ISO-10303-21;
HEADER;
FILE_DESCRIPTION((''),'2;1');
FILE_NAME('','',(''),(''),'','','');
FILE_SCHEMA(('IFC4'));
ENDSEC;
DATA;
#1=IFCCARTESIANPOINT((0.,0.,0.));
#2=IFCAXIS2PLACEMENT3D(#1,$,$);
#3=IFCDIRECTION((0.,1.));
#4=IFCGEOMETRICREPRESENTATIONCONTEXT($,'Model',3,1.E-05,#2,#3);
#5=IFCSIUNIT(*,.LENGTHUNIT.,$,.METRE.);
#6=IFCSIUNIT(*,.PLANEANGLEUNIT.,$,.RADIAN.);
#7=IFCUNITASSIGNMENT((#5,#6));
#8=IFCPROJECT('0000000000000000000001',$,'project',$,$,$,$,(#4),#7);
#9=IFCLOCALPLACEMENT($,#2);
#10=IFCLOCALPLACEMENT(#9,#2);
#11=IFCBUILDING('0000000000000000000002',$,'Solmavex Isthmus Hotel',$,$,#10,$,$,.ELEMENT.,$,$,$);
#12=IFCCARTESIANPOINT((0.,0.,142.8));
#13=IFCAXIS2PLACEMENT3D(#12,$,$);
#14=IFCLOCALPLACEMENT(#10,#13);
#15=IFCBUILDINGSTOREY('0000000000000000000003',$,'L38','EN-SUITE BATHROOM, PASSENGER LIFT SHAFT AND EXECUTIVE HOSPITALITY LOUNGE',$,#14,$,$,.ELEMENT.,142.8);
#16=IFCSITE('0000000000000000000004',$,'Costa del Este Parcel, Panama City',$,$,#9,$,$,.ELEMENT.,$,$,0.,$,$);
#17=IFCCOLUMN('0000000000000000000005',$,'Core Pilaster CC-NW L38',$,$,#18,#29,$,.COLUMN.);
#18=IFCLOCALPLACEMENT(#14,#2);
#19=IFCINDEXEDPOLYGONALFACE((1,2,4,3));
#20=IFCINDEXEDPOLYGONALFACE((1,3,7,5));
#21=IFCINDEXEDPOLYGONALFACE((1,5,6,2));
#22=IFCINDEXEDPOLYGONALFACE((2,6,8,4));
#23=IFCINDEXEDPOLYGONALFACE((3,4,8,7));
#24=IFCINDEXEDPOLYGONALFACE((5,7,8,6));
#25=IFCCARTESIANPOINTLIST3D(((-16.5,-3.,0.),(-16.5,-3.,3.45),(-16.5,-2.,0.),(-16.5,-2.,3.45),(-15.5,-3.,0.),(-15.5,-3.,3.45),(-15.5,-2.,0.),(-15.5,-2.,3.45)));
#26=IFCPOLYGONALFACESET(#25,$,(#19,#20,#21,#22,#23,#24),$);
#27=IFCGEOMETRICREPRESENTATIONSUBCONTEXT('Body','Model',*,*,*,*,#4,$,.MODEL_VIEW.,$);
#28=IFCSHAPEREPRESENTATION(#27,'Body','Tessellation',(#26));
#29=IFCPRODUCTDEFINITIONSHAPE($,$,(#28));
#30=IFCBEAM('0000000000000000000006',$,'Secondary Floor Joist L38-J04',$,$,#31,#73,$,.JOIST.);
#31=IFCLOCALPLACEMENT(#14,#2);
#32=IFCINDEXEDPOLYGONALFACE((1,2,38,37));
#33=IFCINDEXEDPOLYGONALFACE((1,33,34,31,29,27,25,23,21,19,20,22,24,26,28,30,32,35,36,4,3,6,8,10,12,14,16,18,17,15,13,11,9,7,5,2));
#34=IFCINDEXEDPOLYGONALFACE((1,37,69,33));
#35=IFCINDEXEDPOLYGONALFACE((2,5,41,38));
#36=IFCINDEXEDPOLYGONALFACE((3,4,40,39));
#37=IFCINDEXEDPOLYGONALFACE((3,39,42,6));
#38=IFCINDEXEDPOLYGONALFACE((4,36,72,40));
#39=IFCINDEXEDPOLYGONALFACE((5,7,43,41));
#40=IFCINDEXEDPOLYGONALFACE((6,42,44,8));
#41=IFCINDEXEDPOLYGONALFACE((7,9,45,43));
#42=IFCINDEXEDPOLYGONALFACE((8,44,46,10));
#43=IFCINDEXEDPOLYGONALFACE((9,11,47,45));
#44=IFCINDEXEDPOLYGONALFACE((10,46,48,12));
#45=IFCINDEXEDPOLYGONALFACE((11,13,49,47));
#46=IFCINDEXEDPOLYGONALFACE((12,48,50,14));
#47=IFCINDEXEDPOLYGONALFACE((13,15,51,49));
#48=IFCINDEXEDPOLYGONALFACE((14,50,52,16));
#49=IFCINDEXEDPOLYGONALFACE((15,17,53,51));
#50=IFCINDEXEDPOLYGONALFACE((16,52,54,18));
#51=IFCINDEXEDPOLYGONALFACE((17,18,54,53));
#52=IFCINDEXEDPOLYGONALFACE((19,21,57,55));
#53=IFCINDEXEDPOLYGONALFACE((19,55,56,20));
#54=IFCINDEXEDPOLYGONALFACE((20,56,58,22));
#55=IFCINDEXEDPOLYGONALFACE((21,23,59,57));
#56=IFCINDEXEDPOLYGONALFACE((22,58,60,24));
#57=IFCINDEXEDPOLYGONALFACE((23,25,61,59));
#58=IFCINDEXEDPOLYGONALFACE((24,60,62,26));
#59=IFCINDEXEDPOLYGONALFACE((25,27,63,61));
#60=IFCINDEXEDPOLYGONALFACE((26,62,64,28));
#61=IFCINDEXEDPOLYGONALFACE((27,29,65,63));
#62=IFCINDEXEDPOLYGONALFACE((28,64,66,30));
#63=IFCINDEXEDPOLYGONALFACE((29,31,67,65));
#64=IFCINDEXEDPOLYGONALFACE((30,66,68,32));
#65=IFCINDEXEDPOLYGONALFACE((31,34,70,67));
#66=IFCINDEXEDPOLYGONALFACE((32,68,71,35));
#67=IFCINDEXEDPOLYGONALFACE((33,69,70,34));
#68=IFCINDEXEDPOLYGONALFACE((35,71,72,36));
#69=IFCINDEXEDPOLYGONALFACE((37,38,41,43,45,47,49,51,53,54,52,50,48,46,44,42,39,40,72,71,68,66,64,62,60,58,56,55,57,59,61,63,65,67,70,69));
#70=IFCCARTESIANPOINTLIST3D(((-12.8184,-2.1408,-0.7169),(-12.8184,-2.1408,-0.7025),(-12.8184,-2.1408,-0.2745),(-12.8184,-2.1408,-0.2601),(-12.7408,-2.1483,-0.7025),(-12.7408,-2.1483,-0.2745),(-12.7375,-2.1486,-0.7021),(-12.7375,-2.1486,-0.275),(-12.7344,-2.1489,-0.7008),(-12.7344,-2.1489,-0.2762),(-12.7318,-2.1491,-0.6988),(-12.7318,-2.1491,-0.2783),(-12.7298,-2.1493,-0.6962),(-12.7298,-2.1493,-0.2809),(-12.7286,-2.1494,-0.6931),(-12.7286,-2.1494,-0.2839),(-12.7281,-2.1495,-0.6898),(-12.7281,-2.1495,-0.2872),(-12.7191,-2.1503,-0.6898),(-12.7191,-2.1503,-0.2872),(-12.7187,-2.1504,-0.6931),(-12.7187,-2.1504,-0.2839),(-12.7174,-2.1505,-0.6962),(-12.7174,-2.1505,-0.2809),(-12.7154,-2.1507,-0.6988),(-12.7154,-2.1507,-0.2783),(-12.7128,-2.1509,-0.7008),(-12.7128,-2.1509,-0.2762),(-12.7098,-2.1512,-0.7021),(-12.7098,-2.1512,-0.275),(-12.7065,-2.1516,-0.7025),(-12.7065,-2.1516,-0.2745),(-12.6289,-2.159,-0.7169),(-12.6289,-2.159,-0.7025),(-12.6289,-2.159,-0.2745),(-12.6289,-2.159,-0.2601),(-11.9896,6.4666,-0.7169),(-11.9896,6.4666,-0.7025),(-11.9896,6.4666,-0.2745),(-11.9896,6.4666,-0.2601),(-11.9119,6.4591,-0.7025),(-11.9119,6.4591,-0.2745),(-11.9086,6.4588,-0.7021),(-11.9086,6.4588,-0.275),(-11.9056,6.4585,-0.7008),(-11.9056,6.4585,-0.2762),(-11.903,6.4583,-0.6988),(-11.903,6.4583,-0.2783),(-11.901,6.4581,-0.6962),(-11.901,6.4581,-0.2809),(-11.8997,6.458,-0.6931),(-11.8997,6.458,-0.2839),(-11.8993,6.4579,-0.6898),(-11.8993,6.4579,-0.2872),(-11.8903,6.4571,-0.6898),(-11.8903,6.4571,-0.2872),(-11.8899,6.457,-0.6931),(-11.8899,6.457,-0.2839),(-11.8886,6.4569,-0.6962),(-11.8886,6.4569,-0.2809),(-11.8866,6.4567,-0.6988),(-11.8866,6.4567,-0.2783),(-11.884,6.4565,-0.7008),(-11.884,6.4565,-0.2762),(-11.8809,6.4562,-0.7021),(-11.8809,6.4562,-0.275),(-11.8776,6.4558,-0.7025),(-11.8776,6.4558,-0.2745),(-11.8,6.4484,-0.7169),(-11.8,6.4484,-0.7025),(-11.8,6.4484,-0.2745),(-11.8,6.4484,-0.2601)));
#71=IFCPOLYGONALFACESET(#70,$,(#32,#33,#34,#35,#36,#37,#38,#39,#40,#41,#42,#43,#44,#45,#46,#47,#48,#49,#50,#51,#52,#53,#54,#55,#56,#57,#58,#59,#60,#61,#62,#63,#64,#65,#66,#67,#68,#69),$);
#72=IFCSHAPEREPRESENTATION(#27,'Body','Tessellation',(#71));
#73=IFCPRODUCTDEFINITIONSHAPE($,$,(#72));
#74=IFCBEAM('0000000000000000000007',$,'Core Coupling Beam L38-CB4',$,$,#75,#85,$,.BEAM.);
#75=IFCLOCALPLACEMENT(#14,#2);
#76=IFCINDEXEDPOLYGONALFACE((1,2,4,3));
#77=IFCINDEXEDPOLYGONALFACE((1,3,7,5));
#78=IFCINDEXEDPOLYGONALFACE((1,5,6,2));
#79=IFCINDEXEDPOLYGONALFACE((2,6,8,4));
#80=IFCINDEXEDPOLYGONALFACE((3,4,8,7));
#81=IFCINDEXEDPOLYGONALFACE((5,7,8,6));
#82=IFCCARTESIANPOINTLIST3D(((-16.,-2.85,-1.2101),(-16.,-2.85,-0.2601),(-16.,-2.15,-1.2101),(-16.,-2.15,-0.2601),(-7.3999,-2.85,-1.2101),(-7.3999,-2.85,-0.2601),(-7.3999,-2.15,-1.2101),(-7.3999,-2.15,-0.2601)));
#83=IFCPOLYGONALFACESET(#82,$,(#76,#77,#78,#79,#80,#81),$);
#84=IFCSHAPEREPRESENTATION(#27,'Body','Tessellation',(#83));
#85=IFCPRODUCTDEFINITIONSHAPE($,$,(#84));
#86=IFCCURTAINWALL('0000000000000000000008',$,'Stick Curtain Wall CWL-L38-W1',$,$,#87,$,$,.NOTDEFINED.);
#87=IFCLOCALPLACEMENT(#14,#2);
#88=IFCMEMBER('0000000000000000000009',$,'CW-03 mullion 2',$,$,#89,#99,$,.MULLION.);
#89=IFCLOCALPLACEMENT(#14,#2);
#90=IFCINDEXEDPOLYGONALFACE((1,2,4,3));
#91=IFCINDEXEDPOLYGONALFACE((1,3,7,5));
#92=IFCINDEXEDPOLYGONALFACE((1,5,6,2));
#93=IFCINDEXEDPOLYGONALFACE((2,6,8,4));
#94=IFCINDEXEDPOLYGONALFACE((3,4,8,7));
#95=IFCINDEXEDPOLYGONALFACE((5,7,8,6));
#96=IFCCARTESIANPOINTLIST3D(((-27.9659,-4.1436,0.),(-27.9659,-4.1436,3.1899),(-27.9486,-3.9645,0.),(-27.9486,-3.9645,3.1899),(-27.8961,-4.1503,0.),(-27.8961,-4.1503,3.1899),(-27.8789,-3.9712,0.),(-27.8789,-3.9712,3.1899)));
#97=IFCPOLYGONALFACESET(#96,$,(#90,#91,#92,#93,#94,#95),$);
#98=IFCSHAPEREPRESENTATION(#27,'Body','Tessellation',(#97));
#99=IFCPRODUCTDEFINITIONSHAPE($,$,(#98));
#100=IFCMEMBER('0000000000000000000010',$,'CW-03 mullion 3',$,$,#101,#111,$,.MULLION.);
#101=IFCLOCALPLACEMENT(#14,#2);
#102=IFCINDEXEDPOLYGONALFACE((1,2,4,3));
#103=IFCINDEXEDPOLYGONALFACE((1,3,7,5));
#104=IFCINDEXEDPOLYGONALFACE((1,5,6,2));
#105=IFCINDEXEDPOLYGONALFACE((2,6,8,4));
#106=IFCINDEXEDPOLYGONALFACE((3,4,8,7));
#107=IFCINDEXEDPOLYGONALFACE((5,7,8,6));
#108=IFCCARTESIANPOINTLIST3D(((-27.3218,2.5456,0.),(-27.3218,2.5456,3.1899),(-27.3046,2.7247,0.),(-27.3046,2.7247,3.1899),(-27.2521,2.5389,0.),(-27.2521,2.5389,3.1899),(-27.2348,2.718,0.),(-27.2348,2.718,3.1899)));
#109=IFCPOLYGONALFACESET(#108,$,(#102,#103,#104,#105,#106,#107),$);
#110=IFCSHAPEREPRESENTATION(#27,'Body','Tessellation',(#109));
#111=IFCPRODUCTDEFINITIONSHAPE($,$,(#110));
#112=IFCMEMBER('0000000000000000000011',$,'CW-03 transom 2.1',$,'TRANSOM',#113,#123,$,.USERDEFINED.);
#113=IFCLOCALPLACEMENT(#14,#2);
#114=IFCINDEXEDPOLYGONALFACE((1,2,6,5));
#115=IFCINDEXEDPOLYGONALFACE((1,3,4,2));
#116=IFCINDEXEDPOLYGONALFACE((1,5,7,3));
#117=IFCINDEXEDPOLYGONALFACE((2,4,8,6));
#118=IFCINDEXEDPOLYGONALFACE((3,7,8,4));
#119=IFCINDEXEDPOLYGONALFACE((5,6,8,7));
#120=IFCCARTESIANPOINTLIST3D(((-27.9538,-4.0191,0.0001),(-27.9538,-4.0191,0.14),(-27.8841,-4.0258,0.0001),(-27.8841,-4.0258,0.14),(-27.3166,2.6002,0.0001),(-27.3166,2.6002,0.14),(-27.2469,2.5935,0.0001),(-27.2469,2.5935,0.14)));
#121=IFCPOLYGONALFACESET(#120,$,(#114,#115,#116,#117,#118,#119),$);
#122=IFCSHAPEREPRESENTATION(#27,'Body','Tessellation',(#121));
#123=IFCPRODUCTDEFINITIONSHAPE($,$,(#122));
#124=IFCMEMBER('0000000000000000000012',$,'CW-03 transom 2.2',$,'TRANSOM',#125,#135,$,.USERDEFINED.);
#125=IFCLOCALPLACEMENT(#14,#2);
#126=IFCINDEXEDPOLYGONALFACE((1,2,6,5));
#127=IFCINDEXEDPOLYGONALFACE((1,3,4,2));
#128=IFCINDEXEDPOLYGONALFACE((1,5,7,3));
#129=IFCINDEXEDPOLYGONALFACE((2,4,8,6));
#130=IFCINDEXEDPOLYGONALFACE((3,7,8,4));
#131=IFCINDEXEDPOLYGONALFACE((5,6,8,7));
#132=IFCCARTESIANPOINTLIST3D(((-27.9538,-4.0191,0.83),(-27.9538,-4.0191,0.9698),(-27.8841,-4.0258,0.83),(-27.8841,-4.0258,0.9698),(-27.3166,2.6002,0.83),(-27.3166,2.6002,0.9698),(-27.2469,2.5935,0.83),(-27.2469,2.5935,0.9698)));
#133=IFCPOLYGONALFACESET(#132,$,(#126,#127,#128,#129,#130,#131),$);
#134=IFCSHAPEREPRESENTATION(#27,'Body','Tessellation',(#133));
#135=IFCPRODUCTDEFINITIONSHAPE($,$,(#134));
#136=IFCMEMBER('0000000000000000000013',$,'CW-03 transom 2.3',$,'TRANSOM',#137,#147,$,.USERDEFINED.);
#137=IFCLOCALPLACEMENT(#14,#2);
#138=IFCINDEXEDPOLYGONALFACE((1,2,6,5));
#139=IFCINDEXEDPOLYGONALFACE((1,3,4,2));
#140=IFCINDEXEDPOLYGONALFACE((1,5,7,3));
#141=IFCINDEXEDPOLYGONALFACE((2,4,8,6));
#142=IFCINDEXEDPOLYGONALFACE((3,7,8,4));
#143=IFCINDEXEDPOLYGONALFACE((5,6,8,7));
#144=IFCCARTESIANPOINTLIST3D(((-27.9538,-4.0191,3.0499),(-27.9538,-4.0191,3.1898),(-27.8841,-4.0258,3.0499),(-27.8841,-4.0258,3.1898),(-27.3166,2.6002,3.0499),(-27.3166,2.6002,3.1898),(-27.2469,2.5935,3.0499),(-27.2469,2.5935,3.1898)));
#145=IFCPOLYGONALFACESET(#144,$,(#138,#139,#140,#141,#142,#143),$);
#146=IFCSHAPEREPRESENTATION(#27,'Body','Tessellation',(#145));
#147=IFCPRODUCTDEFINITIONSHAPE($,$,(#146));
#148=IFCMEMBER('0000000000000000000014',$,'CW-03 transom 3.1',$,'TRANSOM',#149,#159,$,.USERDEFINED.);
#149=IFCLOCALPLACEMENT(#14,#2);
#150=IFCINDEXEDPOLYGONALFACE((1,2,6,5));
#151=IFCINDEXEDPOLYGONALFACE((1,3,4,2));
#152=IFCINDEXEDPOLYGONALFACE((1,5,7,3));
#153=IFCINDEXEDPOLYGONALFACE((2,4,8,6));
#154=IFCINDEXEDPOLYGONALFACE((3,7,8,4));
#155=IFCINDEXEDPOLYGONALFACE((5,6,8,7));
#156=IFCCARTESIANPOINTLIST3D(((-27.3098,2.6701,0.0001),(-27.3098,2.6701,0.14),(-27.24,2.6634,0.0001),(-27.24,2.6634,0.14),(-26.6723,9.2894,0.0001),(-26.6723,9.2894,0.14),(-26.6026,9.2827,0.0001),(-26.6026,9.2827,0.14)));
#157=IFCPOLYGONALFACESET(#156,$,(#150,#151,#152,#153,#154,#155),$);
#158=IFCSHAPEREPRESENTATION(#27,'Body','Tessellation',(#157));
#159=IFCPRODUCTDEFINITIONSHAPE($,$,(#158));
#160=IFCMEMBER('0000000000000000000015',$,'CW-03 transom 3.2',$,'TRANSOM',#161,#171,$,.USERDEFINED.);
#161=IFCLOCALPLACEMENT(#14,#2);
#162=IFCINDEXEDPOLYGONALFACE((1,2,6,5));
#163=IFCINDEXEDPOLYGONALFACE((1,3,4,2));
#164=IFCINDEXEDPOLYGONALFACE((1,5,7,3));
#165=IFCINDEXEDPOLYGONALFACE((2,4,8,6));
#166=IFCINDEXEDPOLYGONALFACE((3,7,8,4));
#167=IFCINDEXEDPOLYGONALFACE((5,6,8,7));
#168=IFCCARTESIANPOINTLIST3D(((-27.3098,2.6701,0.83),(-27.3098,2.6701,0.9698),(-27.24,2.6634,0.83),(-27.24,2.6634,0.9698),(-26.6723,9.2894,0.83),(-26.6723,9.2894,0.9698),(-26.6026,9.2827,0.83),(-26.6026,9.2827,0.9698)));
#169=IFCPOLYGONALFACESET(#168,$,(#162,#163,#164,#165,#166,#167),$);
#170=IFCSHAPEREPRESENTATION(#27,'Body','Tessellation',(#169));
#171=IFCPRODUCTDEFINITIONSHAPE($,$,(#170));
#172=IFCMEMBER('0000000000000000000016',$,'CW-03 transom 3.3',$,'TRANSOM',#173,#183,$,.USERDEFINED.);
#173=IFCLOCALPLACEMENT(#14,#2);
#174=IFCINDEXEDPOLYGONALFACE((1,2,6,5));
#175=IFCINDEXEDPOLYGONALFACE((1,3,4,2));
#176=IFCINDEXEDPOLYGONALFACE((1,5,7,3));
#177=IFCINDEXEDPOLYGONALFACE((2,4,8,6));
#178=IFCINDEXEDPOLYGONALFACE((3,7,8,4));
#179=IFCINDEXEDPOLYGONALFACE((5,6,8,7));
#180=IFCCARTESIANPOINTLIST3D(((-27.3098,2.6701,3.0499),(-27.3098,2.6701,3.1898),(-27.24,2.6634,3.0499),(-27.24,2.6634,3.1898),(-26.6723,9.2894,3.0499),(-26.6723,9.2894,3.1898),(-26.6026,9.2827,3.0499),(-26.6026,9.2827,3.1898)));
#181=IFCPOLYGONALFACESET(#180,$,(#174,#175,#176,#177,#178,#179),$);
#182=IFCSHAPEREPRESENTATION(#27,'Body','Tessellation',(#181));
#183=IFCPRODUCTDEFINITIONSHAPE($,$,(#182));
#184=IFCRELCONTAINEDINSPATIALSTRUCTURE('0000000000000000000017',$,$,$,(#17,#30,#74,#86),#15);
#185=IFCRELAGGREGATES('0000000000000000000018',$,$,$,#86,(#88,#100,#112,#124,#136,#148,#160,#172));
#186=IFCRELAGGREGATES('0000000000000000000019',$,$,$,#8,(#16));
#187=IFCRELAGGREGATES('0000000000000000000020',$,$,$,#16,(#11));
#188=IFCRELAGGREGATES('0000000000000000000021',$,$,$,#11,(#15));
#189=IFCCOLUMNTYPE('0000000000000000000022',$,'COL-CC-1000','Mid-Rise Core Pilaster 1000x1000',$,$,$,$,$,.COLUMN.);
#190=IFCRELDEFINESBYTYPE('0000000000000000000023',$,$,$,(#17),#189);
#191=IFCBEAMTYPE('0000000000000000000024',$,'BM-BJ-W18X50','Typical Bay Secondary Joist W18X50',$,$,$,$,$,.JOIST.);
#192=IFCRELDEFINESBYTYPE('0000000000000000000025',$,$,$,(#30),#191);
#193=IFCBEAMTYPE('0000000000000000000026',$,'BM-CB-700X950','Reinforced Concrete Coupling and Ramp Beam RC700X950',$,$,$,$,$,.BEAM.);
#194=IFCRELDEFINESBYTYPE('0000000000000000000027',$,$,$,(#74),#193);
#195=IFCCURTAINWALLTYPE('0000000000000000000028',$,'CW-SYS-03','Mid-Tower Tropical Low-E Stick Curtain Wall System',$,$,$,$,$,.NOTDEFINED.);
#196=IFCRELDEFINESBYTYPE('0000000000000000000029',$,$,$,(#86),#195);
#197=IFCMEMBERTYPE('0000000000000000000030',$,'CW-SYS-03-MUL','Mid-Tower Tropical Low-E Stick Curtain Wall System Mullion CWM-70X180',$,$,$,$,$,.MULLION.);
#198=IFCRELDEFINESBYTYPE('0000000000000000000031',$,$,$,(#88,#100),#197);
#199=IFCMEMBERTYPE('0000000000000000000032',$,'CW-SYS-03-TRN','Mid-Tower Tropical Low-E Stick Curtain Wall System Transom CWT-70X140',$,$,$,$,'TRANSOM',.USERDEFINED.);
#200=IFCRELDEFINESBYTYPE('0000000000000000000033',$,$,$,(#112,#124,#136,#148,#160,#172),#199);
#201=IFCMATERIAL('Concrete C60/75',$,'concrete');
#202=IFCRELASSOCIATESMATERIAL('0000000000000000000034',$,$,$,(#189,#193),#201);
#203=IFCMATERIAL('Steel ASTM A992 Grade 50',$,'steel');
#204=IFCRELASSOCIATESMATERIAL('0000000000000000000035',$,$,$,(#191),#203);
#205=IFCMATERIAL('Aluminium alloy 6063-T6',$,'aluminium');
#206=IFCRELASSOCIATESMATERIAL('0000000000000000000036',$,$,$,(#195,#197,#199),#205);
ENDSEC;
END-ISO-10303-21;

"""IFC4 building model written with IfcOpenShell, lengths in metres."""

from ifc_helpers import new_model, si_unit, direction, frame, origin, origin_2d, place, context, subcontext, project, spatial, rectangle, i_section, extrude, material, material_profile, profile_set, type_object, element, aggregate, save


model = new_model("IFC4")

# Units and contexts
model_context = context("Model", 3, precision=1e-05, world=origin(), true_north=direction((0.0, 1.0)))
body_context = subcontext(model_context, "Body", "Model", "MODEL_VIEW")
ifc_project = project(units=[si_unit("LENGTHUNIT", "METRE"), si_unit("PLANEANGLEUNIT", "RADIAN")], contexts=[model_context])

# Site, building, storey
site_placement = place(None, origin())
site = spatial("IfcSite", under=ifc_project, at=site_placement, Name="Costa del Este Parcel, Panama City", CompositionType="ELEMENT", RefElevation=0.0)
building_placement = place(site_placement, origin())
building = spatial("IfcBuilding", under=site, at=building_placement, Name="Solmavex Isthmus Hotel", CompositionType="ELEMENT")
storey_placement = place(building_placement, frame((0.0, 0.0, 142.8)))
storey = spatial("IfcBuildingStorey", under=building, at=storey_placement, Name="L38", Description="EN-SUITE BATHROOM, PASSENGER LIFT SHAFT AND EXECUTIVE HOSPITALITY LOUNGE", CompositionType="ELEMENT", Elevation=142.8)

# Column
ifc_material_1 = material(Name="Concrete C60/75", Category="concrete")
ifc_material_profile_1 = material_profile(ifc_material_1, rectangle(XDim=1.0, YDim=1.0, at=origin_2d()), Name="RC1000X1000")
ifc_profile_set_1 = profile_set([ifc_material_profile_1], Name="Concrete C60/75")
column_type = type_object("IfcColumnType", Name="COL-CC-1000", Description="Mid-Rise Core Pilaster 1000x1000", PredefinedType="COLUMN", material=ifc_profile_set_1)
column_placement = place(storey_placement, frame((-16.0, -2.5, 0.0), z_axis=(0.0, 0.0, 1.0), x_axis=(1.0, 0.0, 0.0)))
element("IfcColumn", 1, at=column_placement, inside=storey, type_object=column_type, Name="Core Pilaster CC-NW L38", PredefinedType="COLUMN", context=body_context, shape_type="SweptSolid", body=[
    extrude(rectangle(XDim=1.0, YDim=1.0, at=origin_2d()), origin(), (0.0, 0.0, 1.0), 3.45),
])

# Beams
ifc_material_2 = material(Name="Steel ASTM A992 Grade 50", Category="steel")
ifc_material_profile_2 = material_profile(ifc_material_2, i_section(OverallWidth=0.1904, OverallDepth=0.4568, WebThickness=0.009, FlangeThickness=0.0144, FilletRadius=0.0127, at=origin_2d()), Name="W18X50")
ifc_profile_set_2 = profile_set([ifc_material_profile_2], Name="Steel ASTM A992 Grade 50")
beam_type_1 = type_object("IfcBeamType", Name="BM-BJ-W18X50", Description="Typical Bay Secondary Joist W18X50", PredefinedType="JOIST", material=ifc_profile_set_2)
beam_1_placement = place(storey_placement, frame((-12.7236, -2.1499, -0.4885), z_axis=(0.095852, 0.995396, 0.0), x_axis=(-0.995396, 0.095852, 0.0)))
element("IfcBeam", 2, at=beam_1_placement, inside=storey, type_object=beam_type_1, Name="Secondary Floor Joist L38-J04", PredefinedType="JOIST", context=body_context, shape_type="SweptSolid", body=[
    extrude(i_section(OverallWidth=0.1904, OverallDepth=0.4568, WebThickness=0.009, FlangeThickness=0.0144, FilletRadius=0.0127, at=origin_2d()), origin(), (0.0, 0.0, 1.0), 8.6472),
])
ifc_material_profile_3 = material_profile(ifc_material_1, rectangle(XDim=0.7, YDim=0.95, at=origin_2d()), Name="RC700X950")
ifc_profile_set_3 = profile_set([ifc_material_profile_3], Name="Concrete C60/75")
beam_type_2 = type_object("IfcBeamType", Name="BM-CB-700X950", Description="Reinforced Concrete Coupling and Ramp Beam RC700X950", PredefinedType="BEAM", material=ifc_profile_set_3)
beam_2_placement = place(storey_placement, frame((-16.0, -2.5, -0.7351), z_axis=(1.0, 0.0, 0.0), x_axis=(0.0, 1.0, 0.0)))
element("IfcBeam", 3, at=beam_2_placement, inside=storey, type_object=beam_type_2, Name="Core Coupling Beam L38-CB4", PredefinedType="BEAM", context=body_context, shape_type="SweptSolid", body=[
    extrude(rectangle(XDim=0.7, YDim=0.95, at=origin_2d()), origin(), (0.0, 0.0, 1.0), 8.6001),
])

# Curtain wall, members
ifc_material_3 = material(Name="Aluminium alloy 6063-T6", Category="aluminium")
curtain_wall_type = type_object("IfcCurtainWallType", Name="CW-SYS-03", Description="Mid-Tower Tropical Low-E Stick Curtain Wall System", PredefinedType="NOTDEFINED", material=ifc_material_3)
curtain_wall_placement = place(storey_placement, origin())
curtain_wall = element("IfcCurtainWall", 4, at=curtain_wall_placement, inside=storey, type_object=curtain_wall_type, Name="Stick Curtain Wall CWL-L38-W1", PredefinedType="NOTDEFINED")
ifc_material_profile_4 = material_profile(ifc_material_3, rectangle(XDim=0.0701, YDim=0.1799, at=origin_2d()), Name="CWM-70X180")
ifc_profile_set_4 = profile_set([ifc_material_profile_4], Name="Aluminium alloy 6063-T6")
member_type_1 = type_object("IfcMemberType", Name="CW-SYS-03-MUL", Description="Mid-Tower Tropical Low-E Stick Curtain Wall System Mullion CWM-70X180", PredefinedType="MULLION", material=ifc_profile_set_4)
member_1_placement = place(storey_placement, frame((-27.9224, -4.0574, 0.0), z_axis=(0.0, 0.0, 1.0), x_axis=(-0.995396, 0.095846, 0.0)))
member_1 = element("IfcMember", 5, at=member_1_placement, type_object=member_type_1, Name="CW-03 mullion 2", PredefinedType="MULLION", context=body_context, shape_type="SweptSolid", body=[
    extrude(rectangle(XDim=0.0701, YDim=0.1799, at=origin_2d()), origin(), (0.0, 0.0, 1.0), 3.1899),
])
member_2_placement = place(storey_placement, frame((-27.2783, 2.6318, 0.0), z_axis=(0.0, 0.0, 1.0), x_axis=(-0.995396, 0.095846, 0.0)))
member_2 = element("IfcMember", 6, at=member_2_placement, type_object=member_type_1, Name="CW-03 mullion 3", PredefinedType="MULLION", context=body_context, shape_type="SweptSolid", body=[
    extrude(rectangle(XDim=0.0701, YDim=0.1799, at=origin_2d()), origin(), (0.0, 0.0, 1.0), 3.1899),
])
ifc_material_profile_5 = material_profile(ifc_material_3, rectangle(XDim=0.0701, YDim=0.1399, at=origin_2d()), Name="CWT-70X140")
ifc_profile_set_5 = profile_set([ifc_material_profile_5], Name="Aluminium alloy 6063-T6")
member_type_2 = type_object("IfcMemberType", Name="CW-SYS-03-TRN", Description="Mid-Tower Tropical Low-E Stick Curtain Wall System Transom CWT-70X140", ElementType="TRANSOM", PredefinedType="USERDEFINED", material=ifc_profile_set_5)
member_3_placement = place(storey_placement, frame((-27.9189, -4.0225, 0.0701), z_axis=(0.095821, 0.995399, 0.0), x_axis=(-0.995399, 0.095821, 0.0)))
member_3 = element("IfcMember", 7, at=member_3_placement, type_object=member_type_2, Name="CW-03 transom 2.1", ObjectType="TRANSOM", PredefinedType="USERDEFINED", context=body_context, shape_type="SweptSolid", body=[
    extrude(rectangle(XDim=0.0701, YDim=0.1399, at=origin_2d()), origin(), (0.0, 0.0, 1.0), 6.6499),
])
member_4_placement = place(storey_placement, frame((-27.9189, -4.0225, 0.8999), z_axis=(0.095821, 0.995399, 0.0), x_axis=(-0.995399, 0.095821, 0.0)))
member_4 = element("IfcMember", 8, at=member_4_placement, type_object=member_type_2, Name="CW-03 transom 2.2", ObjectType="TRANSOM", PredefinedType="USERDEFINED", context=body_context, shape_type="SweptSolid", body=[
    extrude(rectangle(XDim=0.0701, YDim=0.1399, at=origin_2d()), origin(), (0.0, 0.0, 1.0), 6.6499),
])
member_5_placement = place(storey_placement, frame((-27.9189, -4.0225, 3.1199), z_axis=(0.095821, 0.995399, 0.0), x_axis=(-0.995399, 0.095821, 0.0)))
member_5 = element("IfcMember", 9, at=member_5_placement, type_object=member_type_2, Name="CW-03 transom 2.3", ObjectType="TRANSOM", PredefinedType="USERDEFINED", context=body_context, shape_type="SweptSolid", body=[
    extrude(rectangle(XDim=0.0701, YDim=0.1399, at=origin_2d()), origin(), (0.0, 0.0, 1.0), 6.6499),
])
member_6_placement = place(storey_placement, frame((-27.2749, 2.6667, 0.0701), z_axis=(0.095857, 0.995395, 0.0), x_axis=(-0.995395, 0.095857, 0.0)))
member_6 = element("IfcMember", 10, at=member_6_placement, type_object=member_type_2, Name="CW-03 transom 3.1", ObjectType="TRANSOM", PredefinedType="USERDEFINED", context=body_context, shape_type="SweptSolid", body=[
    extrude(rectangle(XDim=0.0701, YDim=0.1399, at=origin_2d()), origin(), (0.0, 0.0, 1.0), 6.6499),
])
member_7_placement = place(storey_placement, frame((-27.2749, 2.6667, 0.8999), z_axis=(0.095857, 0.995395, 0.0), x_axis=(-0.995395, 0.095857, 0.0)))
member_7 = element("IfcMember", 11, at=member_7_placement, type_object=member_type_2, Name="CW-03 transom 3.2", ObjectType="TRANSOM", PredefinedType="USERDEFINED", context=body_context, shape_type="SweptSolid", body=[
    extrude(rectangle(XDim=0.0701, YDim=0.1399, at=origin_2d()), origin(), (0.0, 0.0, 1.0), 6.6499),
])
member_8_placement = place(storey_placement, frame((-27.2749, 2.6667, 3.1199), z_axis=(0.095857, 0.995395, 0.0), x_axis=(-0.995395, 0.095857, 0.0)))
member_8 = element("IfcMember", 12, at=member_8_placement, type_object=member_type_2, Name="CW-03 transom 3.3", ObjectType="TRANSOM", PredefinedType="USERDEFINED", context=body_context, shape_type="SweptSolid", body=[
    extrude(rectangle(XDim=0.0701, YDim=0.1399, at=origin_2d()), origin(), (0.0, 0.0, 1.0), 6.6499),
])
aggregate(curtain_wall, [member_1, member_2, member_3, member_4, member_5, member_6, member_7, member_8])

save(model, "model.ifc")
